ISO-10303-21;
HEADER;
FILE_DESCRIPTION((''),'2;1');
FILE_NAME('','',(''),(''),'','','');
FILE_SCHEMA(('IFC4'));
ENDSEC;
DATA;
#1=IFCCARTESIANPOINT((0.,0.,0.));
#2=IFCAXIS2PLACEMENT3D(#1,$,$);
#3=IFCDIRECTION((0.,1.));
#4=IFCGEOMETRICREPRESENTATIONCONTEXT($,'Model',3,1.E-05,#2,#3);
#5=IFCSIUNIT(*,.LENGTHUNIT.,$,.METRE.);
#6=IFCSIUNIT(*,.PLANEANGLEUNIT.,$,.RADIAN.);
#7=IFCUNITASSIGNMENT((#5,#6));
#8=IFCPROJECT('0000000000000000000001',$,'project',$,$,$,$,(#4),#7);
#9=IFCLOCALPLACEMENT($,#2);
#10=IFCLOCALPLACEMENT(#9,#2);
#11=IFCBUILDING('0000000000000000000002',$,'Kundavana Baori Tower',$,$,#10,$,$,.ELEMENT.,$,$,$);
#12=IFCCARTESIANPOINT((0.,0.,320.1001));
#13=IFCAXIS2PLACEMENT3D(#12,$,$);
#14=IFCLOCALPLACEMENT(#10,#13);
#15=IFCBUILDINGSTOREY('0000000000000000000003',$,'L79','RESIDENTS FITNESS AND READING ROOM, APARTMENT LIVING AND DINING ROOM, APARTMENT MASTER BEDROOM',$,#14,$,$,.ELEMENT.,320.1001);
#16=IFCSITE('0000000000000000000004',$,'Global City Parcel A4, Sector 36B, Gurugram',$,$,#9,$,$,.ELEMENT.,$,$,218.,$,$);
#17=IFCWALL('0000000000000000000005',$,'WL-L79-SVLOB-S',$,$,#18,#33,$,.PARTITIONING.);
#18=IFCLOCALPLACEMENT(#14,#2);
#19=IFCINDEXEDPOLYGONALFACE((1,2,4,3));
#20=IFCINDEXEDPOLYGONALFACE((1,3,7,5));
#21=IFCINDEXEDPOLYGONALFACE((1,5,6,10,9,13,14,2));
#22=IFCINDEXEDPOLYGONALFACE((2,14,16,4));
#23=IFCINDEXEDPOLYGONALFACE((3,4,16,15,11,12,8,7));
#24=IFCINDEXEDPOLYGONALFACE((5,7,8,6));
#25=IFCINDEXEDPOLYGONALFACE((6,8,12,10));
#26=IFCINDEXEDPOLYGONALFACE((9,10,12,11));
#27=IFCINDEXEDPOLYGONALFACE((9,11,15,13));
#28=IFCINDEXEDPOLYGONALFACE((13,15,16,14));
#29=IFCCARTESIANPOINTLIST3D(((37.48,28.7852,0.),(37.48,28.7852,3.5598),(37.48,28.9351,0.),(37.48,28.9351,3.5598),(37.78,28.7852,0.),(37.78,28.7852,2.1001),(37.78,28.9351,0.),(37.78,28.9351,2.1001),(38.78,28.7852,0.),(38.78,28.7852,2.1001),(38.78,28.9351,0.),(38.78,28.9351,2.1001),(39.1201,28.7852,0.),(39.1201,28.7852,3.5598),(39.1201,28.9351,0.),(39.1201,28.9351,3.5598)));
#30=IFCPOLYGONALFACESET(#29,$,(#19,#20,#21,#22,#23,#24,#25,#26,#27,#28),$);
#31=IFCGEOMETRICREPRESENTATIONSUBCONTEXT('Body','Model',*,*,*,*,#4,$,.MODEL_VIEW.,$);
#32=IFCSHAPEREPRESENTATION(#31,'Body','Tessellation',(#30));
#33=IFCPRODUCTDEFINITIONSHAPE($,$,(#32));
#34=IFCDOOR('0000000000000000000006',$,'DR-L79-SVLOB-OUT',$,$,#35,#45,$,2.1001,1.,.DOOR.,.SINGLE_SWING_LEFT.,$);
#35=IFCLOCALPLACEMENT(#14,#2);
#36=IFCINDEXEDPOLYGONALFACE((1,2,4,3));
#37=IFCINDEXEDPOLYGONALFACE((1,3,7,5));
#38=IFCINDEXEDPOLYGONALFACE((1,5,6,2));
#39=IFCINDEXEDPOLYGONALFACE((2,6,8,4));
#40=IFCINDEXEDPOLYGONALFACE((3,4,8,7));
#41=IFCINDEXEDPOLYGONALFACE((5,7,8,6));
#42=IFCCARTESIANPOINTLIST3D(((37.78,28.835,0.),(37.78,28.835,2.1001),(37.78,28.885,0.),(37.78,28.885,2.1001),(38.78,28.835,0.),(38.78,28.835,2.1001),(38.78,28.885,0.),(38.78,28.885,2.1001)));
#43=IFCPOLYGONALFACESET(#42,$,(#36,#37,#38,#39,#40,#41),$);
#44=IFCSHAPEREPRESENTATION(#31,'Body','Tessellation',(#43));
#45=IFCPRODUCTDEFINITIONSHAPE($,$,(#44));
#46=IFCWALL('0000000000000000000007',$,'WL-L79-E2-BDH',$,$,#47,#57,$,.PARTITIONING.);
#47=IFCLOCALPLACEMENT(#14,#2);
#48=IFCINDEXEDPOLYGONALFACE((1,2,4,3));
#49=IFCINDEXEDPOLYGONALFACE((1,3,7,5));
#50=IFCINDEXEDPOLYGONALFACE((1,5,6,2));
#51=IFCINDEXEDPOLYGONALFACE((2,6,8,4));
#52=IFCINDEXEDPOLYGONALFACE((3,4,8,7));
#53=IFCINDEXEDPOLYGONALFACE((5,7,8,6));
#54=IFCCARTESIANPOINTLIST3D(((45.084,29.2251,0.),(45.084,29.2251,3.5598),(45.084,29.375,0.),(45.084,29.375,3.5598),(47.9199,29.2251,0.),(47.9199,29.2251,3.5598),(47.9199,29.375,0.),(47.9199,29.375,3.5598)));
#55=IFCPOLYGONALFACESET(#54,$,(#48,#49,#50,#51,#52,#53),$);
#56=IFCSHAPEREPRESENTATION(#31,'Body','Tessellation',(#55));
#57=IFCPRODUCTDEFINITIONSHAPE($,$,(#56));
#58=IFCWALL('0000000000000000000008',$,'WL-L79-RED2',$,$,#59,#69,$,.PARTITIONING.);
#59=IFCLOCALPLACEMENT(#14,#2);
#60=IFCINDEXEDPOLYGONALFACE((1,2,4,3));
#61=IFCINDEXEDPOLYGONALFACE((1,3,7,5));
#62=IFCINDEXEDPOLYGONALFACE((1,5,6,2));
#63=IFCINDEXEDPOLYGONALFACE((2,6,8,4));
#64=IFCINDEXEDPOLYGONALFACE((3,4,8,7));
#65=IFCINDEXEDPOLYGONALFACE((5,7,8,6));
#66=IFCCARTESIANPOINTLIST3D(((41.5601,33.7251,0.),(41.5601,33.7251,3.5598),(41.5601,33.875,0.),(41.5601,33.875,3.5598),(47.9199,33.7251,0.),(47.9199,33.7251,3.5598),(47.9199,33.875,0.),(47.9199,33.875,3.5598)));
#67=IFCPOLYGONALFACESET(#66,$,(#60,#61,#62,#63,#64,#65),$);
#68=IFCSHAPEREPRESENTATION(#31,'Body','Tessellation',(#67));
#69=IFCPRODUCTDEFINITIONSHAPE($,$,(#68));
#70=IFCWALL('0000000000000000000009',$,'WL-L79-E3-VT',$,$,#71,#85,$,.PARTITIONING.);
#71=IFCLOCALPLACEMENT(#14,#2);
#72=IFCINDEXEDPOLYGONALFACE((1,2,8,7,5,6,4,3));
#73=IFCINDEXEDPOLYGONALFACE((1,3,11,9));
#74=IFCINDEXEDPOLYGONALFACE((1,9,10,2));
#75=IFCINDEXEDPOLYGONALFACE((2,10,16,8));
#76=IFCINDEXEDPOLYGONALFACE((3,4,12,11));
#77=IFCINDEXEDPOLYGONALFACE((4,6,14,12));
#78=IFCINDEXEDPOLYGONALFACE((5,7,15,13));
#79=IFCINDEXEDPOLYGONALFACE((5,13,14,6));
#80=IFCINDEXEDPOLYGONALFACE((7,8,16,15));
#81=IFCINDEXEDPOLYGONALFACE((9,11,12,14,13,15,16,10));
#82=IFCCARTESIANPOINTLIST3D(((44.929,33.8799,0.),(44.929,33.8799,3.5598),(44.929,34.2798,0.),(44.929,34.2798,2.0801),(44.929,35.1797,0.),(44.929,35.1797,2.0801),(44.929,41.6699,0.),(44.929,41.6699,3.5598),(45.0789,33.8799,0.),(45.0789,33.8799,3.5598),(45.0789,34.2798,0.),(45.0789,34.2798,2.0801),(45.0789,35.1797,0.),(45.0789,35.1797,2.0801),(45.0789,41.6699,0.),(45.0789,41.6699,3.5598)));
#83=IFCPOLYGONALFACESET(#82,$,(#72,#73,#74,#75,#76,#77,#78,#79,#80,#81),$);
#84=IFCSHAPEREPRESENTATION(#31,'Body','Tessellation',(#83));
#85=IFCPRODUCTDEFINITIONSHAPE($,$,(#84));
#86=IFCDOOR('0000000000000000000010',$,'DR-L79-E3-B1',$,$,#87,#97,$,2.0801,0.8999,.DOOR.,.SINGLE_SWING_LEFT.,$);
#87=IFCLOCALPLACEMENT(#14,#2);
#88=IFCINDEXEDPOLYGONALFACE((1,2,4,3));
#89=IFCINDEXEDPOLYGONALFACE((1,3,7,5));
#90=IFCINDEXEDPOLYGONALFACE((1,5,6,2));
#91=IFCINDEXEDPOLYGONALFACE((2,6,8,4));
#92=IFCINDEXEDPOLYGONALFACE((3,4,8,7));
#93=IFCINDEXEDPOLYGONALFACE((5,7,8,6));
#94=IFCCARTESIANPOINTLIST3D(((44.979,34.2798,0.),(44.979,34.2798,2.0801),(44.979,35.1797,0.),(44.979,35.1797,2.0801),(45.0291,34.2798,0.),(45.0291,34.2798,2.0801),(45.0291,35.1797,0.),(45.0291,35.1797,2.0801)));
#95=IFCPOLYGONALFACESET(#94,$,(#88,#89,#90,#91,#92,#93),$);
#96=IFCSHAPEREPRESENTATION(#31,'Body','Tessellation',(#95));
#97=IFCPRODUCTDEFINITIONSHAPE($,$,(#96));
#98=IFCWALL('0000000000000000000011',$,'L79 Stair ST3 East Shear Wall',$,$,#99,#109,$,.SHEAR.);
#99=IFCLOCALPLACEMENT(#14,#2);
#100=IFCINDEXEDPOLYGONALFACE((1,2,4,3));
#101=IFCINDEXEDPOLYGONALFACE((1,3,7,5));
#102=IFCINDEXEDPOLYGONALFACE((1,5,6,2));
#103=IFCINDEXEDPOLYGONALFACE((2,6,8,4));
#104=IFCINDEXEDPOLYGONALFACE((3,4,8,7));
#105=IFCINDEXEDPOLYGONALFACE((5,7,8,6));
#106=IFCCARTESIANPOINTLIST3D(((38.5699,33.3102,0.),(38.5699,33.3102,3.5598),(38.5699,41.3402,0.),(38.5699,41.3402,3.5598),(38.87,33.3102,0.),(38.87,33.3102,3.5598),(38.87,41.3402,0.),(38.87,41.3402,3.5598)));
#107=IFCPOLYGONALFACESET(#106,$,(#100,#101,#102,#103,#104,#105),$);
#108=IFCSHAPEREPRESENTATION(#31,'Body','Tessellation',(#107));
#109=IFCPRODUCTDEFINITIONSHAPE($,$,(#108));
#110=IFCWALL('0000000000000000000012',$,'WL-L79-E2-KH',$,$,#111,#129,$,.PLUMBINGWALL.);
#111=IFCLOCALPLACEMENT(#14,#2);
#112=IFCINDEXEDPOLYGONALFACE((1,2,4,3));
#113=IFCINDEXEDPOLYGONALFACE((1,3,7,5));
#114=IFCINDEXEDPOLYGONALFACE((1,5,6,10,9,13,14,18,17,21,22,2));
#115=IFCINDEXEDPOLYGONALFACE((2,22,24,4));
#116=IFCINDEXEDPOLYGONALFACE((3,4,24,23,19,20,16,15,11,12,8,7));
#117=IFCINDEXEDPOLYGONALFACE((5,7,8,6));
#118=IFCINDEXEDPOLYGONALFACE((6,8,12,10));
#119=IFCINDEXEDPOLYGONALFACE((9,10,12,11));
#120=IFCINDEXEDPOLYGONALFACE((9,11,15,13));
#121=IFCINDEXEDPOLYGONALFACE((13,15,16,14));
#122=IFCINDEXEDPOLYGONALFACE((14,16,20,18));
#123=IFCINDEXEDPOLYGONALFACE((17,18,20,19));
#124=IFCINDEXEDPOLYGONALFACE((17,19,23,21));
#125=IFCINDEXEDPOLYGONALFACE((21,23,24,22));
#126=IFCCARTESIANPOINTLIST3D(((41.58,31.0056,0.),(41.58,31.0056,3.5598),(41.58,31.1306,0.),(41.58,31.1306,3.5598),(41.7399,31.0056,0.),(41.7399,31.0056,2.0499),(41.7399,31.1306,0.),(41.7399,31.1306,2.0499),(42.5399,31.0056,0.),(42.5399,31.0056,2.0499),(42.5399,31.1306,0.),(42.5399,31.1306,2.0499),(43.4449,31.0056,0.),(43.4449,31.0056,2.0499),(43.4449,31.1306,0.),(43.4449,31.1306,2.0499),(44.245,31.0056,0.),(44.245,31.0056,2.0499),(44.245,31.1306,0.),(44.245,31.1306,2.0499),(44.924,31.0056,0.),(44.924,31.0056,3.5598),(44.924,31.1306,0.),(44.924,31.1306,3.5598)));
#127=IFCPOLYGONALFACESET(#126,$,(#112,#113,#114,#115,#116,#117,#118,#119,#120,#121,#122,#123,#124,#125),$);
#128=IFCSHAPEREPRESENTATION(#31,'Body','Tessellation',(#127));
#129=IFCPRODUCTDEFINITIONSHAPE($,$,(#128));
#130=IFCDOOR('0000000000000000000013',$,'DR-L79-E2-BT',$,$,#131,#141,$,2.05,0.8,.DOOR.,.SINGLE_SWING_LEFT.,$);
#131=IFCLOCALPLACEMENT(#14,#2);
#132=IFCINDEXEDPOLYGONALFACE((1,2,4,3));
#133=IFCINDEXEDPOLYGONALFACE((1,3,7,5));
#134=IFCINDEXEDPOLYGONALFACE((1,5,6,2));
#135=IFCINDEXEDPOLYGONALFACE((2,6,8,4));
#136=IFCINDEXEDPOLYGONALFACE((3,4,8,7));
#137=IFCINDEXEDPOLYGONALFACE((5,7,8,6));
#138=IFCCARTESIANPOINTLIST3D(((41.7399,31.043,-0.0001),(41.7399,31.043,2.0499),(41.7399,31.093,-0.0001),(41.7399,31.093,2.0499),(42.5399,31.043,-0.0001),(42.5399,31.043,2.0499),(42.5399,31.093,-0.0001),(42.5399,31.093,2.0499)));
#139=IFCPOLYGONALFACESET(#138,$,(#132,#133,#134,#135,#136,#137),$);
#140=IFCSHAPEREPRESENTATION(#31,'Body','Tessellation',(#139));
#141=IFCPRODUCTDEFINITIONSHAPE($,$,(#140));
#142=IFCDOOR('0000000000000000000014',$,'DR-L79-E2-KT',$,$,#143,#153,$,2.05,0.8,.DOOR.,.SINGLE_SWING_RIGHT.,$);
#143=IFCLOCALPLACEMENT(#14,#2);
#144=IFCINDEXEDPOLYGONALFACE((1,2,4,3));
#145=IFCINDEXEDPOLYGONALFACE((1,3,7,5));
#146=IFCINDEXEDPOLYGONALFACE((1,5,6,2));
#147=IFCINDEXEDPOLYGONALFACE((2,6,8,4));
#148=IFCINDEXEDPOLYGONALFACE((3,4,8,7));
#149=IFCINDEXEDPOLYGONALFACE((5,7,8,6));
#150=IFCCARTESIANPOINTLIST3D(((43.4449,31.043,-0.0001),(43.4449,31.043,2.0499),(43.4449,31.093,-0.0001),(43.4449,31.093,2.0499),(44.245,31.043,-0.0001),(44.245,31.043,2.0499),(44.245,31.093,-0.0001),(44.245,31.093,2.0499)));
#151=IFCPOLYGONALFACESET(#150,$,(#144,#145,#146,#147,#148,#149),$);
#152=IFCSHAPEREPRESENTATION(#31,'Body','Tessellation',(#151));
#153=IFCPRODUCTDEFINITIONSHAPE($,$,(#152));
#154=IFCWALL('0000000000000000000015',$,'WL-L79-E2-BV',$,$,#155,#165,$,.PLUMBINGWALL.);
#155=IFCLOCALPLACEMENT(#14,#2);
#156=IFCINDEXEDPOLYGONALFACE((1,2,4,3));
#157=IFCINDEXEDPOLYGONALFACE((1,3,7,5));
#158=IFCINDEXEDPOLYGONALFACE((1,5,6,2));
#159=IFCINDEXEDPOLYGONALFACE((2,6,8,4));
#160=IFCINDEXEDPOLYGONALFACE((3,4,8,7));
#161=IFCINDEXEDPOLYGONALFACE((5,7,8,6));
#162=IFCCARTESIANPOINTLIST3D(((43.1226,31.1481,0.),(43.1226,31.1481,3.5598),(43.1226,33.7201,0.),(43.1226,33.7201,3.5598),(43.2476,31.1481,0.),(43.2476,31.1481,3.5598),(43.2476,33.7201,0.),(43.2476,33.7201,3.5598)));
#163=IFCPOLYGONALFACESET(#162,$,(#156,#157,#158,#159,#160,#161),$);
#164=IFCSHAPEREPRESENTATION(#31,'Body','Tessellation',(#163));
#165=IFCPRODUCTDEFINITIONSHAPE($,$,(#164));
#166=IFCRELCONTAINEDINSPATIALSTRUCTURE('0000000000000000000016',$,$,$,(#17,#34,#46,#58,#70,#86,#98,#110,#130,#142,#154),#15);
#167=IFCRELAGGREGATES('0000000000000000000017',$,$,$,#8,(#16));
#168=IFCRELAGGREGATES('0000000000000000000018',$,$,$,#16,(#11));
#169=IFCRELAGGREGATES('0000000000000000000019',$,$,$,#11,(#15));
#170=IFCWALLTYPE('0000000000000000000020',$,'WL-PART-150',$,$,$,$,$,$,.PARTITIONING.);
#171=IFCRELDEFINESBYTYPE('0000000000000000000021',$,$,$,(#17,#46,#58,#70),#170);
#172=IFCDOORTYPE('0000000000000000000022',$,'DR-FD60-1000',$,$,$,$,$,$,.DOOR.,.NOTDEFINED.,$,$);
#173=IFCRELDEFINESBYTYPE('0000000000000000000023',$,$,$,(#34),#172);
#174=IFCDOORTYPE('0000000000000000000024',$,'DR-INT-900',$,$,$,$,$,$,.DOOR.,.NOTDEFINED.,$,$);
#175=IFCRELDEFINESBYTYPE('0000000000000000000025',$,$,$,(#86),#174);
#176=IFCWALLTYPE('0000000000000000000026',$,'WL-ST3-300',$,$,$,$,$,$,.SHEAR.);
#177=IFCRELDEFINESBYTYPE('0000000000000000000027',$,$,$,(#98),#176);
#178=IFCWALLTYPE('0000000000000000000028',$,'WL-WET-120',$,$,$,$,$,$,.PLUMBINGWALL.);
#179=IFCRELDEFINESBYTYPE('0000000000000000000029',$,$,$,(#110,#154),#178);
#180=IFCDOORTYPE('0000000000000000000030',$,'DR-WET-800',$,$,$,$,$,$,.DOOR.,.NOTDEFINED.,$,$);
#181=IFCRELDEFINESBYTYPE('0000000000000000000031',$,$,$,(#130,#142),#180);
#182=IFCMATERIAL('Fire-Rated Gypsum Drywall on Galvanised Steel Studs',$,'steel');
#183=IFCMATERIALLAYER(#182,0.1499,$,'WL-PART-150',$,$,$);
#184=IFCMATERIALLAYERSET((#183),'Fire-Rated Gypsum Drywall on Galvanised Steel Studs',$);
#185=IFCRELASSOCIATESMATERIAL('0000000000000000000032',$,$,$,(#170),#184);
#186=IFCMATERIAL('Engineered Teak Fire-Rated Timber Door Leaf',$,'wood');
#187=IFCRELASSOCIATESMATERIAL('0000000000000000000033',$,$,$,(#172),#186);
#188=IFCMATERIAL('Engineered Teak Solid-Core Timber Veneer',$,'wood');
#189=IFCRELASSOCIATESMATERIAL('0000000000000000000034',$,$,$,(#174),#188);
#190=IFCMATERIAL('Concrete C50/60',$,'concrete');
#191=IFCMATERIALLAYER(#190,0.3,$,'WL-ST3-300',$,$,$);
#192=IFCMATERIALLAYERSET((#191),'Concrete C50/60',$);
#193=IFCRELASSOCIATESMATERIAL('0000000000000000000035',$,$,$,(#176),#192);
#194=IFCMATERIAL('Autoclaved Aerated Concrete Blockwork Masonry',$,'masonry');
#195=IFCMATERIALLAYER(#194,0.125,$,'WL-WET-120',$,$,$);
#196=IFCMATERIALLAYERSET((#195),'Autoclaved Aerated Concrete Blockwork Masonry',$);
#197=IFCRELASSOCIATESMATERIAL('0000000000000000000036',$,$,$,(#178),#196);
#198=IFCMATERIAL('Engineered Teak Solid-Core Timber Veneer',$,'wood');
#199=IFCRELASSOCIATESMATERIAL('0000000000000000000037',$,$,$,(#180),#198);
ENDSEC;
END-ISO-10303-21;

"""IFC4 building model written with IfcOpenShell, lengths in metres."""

from ifc_helpers import new_model, si_unit, direction, frame, frame_2d, origin, place, context, subcontext, project, spatial, rectangle, extrude, material, layer, layer_set, type_object, element, fill, save


model = new_model("IFC4")

# Units and contexts
model_context = context("Model", 3, precision=1e-05, world=origin(), true_north=direction((0.0, 1.0)))
body_context = subcontext(model_context, "Body", "Model", "MODEL_VIEW")
ifc_project = project(units=[si_unit("LENGTHUNIT", "METRE"), si_unit("PLANEANGLEUNIT", "RADIAN")], contexts=[model_context])

# Site, building, storey
site_placement = place(None, origin())
site = spatial("IfcSite", under=ifc_project, at=site_placement, Name="Global City Parcel A4, Sector 36B, Gurugram", CompositionType="ELEMENT", RefElevation=218.0)
building_placement = place(site_placement, origin())
building = spatial("IfcBuilding", under=site, at=building_placement, Name="Kundavana Baori Tower", CompositionType="ELEMENT")
storey_placement = place(building_placement, frame((0.0, 0.0, 320.1001)))
storey = spatial("IfcBuildingStorey", under=building, at=storey_placement, Name="L79", Description="RESIDENTS FITNESS AND READING ROOM, APARTMENT LIVING AND DINING ROOM, APARTMENT MASTER BEDROOM", CompositionType="ELEMENT", Elevation=320.1001)

# Shared definitions
ifc_material_1 = material(Name="Fire-Rated Gypsum Drywall on Galvanised Steel Studs", Category="steel")
ifc_layer_1 = layer(ifc_material_1, 0.1499, Name="WL-PART-150")
ifc_layer_set_1 = layer_set([ifc_layer_1], Name="Fire-Rated Gypsum Drywall on Galvanised Steel Studs")
wall_type_1 = type_object("IfcWallType", Name="WL-PART-150", PredefinedType="PARTITIONING", material=ifc_layer_set_1)

# Wall, opening, door
wall_1_placement = place(storey_placement, frame((37.48, 28.8601, 0.0), z_axis=(0.0, 0.0, 1.0), x_axis=(1.0, 0.0, 0.0)))
wall_1 = element("IfcWall", 1, at=wall_1_placement, inside=storey, type_object=wall_type_1, Name="WL-L79-SVLOB-S", PredefinedType="PARTITIONING", context=body_context, shape_type="SweptSolid", body=[
    extrude(rectangle(XDim=1.6401, YDim=0.1499, at=frame_2d((0.8201, 0.0))), origin(), (0.0, 0.0, 1.0), 3.5598),
])
opening_1_placement = place(wall_1_placement, frame((0.3, 0.0, 0.0)))
opening_1 = element("IfcOpeningElement", 2, at=opening_1_placement, cuts=wall_1, PredefinedType="OPENING", context=body_context, shape_type="SweptSolid", body=[
    extrude(rectangle(XDim=1.0, YDim=2.1001, at=frame_2d((0.5, 1.05))), frame((0.0, 0.085, 0.0), z_axis=(0.0, -1.0, 0.0), x_axis=(1.0, 0.0, 0.0)), (0.0, 0.0, 1.0), 0.1699),
])
ifc_material_2 = material(Name="Engineered Teak Fire-Rated Timber Door Leaf", Category="wood")
door_type_1 = type_object("IfcDoorType", Name="DR-FD60-1000", OperationType="NOTDEFINED", PredefinedType="DOOR", material=ifc_material_2)
door_1_placement = place(opening_1_placement, origin())
door_1 = element("IfcDoor", 3, at=door_1_placement, inside=storey, type_object=door_type_1, Name="DR-L79-SVLOB-OUT", OperationType="SINGLE_SWING_LEFT", OverallHeight=2.1001, OverallWidth=1.0, PredefinedType="DOOR", context=body_context, shape_type="SweptSolid", body=[
    extrude(rectangle(XDim=1.0, YDim=2.1001, at=frame_2d((0.5, 1.05))), frame((0.0, 0.0249, 0.0), z_axis=(0.0, -1.0, 0.0), x_axis=(1.0, 0.0, 0.0)), (0.0, 0.0, 1.0), 0.05),
])
fill(opening_1, door_1)

# Walls
wall_2_placement = place(storey_placement, frame((45.084, 29.3, 0.0), z_axis=(0.0, 0.0, 1.0), x_axis=(1.0, 0.0, 0.0)))
element("IfcWall", 4, at=wall_2_placement, inside=storey, type_object=wall_type_1, Name="WL-L79-E2-BDH", PredefinedType="PARTITIONING", context=body_context, shape_type="SweptSolid", body=[
    extrude(rectangle(XDim=2.8359, YDim=0.1499, at=frame_2d((1.418, 0.0))), origin(), (0.0, 0.0, 1.0), 3.5598),
])
wall_3_placement = place(storey_placement, frame((41.5601, 33.8, 0.0), z_axis=(0.0, 0.0, 1.0), x_axis=(1.0, 0.0, 0.0)))
element("IfcWall", 5, at=wall_3_placement, inside=storey, type_object=wall_type_1, Name="WL-L79-RED2", PredefinedType="PARTITIONING", context=body_context, shape_type="SweptSolid", body=[
    extrude(rectangle(XDim=6.3599, YDim=0.1499, at=frame_2d((3.1799, 0.0))), origin(), (0.0, 0.0, 1.0), 3.5598),
])

# Wall, opening, door
wall_4_placement = place(storey_placement, frame((45.0039, 33.8799, 0.0), z_axis=(0.0, 0.0, 1.0), x_axis=(0.0, 1.0, 0.0)))
wall_4 = element("IfcWall", 6, at=wall_4_placement, inside=storey, type_object=wall_type_1, Name="WL-L79-E3-VT", PredefinedType="PARTITIONING", context=body_context, shape_type="SweptSolid", body=[
    extrude(rectangle(XDim=7.79, YDim=0.1499, at=frame_2d((3.895, 0.0))), origin(), (0.0, 0.0, 1.0), 3.5598),
])
opening_2_placement = place(wall_4_placement, frame((0.3999, 0.0, 0.0)))
opening_2 = element("IfcOpeningElement", 7, at=opening_2_placement, cuts=wall_4, PredefinedType="OPENING", context=body_context, shape_type="SweptSolid", body=[
    extrude(rectangle(XDim=0.8999, YDim=2.0801, at=frame_2d((0.45, 1.04))), frame((0.0, 0.085, 0.0), z_axis=(0.0, -1.0, 0.0), x_axis=(1.0, 0.0, 0.0)), (0.0, 0.0, 1.0), 0.1699),
])
ifc_material_3 = material(Name="Engineered Teak Solid-Core Timber Veneer", Category="wood")
door_type_2 = type_object("IfcDoorType", Name="DR-INT-900", OperationType="NOTDEFINED", PredefinedType="DOOR", material=ifc_material_3)
door_2_placement = place(opening_2_placement, origin())
door_2 = element("IfcDoor", 8, at=door_2_placement, inside=storey, type_object=door_type_2, Name="DR-L79-E3-B1", OperationType="SINGLE_SWING_LEFT", OverallHeight=2.0801, OverallWidth=0.8999, PredefinedType="DOOR", context=body_context, shape_type="SweptSolid", body=[
    extrude(rectangle(XDim=0.8999, YDim=2.0801, at=frame_2d((0.45, 1.04))), frame((0.0, 0.0249, 0.0), z_axis=(0.0, -1.0, 0.0), x_axis=(1.0, 0.0, 0.0)), (0.0, 0.0, 1.0), 0.05),
])
fill(opening_2, door_2)

# Wall
ifc_material_4 = material(Name="Concrete C50/60", Category="concrete")
ifc_layer_2 = layer(ifc_material_4, 0.3, Name="WL-ST3-300")
ifc_layer_set_2 = layer_set([ifc_layer_2], Name="Concrete C50/60")
wall_type_2 = type_object("IfcWallType", Name="WL-ST3-300", PredefinedType="SHEAR", material=ifc_layer_set_2)
wall_5_placement = place(storey_placement, frame((38.72, 33.3101, 0.0), z_axis=(0.0, 0.0, 1.0), x_axis=(0.0, 1.0, 0.0)))
element("IfcWall", 9, at=wall_5_placement, inside=storey, type_object=wall_type_2, Name="L79 Stair ST3 East Shear Wall", PredefinedType="SHEAR", context=body_context, shape_type="SweptSolid", body=[
    extrude(rectangle(XDim=8.03, YDim=0.3, at=frame_2d((4.0151, 0.0))), origin(), (0.0, 0.0, 1.0), 3.5598),
])

# Wall, openings, doors
ifc_material_5 = material(Name="Autoclaved Aerated Concrete Blockwork Masonry", Category="masonry")
ifc_layer_3 = layer(ifc_material_5, 0.125, Name="WL-WET-120")
ifc_layer_set_3 = layer_set([ifc_layer_3], Name="Autoclaved Aerated Concrete Blockwork Masonry")
wall_type_3 = type_object("IfcWallType", Name="WL-WET-120", PredefinedType="PLUMBINGWALL", material=ifc_layer_set_3)
wall_6_placement = place(storey_placement, frame((41.5801, 31.0681, 0.0), z_axis=(0.0, 0.0, 1.0), x_axis=(1.0, 0.0, 0.0)))
wall_6 = element("IfcWall", 10, at=wall_6_placement, inside=storey, type_object=wall_type_3, Name="WL-L79-E2-KH", PredefinedType="PLUMBINGWALL", context=body_context, shape_type="SweptSolid", body=[
    extrude(rectangle(XDim=3.344, YDim=0.125, at=frame_2d((1.6719, 0.0))), origin(), (0.0, 0.0, 1.0), 3.5598),
])
opening_3_placement = place(wall_6_placement, frame((0.1599, 0.0, 0.0)))
opening_3 = element("IfcOpeningElement", 11, at=opening_3_placement, cuts=wall_6, PredefinedType="OPENING", context=body_context, shape_type="SweptSolid", body=[
    extrude(rectangle(XDim=0.8, YDim=2.05, at=frame_2d((0.3999, 1.0249))), frame((0.0, 0.0725, 0.0), z_axis=(0.0, -1.0, 0.0), x_axis=(1.0, 0.0, 0.0)), (0.0, 0.0, 1.0), 0.145),
])
opening_4_placement = place(wall_6_placement, frame((1.865, 0.0, 0.0)))
opening_4 = element("IfcOpeningElement", 12, at=opening_4_placement, cuts=wall_6, PredefinedType="OPENING", context=body_context, shape_type="SweptSolid", body=[
    extrude(rectangle(XDim=0.8, YDim=2.05, at=frame_2d((0.3999, 1.0249))), frame((0.0, 0.0725, 0.0), z_axis=(0.0, -1.0, 0.0), x_axis=(1.0, 0.0, 0.0)), (0.0, 0.0, 1.0), 0.145),
])
ifc_material_6 = material(Name="Engineered Teak Solid-Core Timber Veneer", Category="wood")
door_type_3 = type_object("IfcDoorType", Name="DR-WET-800", OperationType="NOTDEFINED", PredefinedType="DOOR", material=ifc_material_6)
door_3_placement = place(opening_3_placement, origin())
door_3 = element("IfcDoor", 13, at=door_3_placement, inside=storey, type_object=door_type_3, Name="DR-L79-E2-BT", OperationType="SINGLE_SWING_LEFT", OverallHeight=2.05, OverallWidth=0.8, PredefinedType="DOOR", context=body_context, shape_type="SweptSolid", body=[
    extrude(rectangle(XDim=0.8, YDim=2.05, at=frame_2d((0.3999, 1.0249))), frame((0.0, 0.0249, 0.0), z_axis=(0.0, -1.0, 0.0), x_axis=(1.0, 0.0, 0.0)), (0.0, 0.0, 1.0), 0.05),
])
fill(opening_3, door_3)
door_4_placement = place(opening_4_placement, origin())
door_4 = element("IfcDoor", 14, at=door_4_placement, inside=storey, type_object=door_type_3, Name="DR-L79-E2-KT", OperationType="SINGLE_SWING_RIGHT", OverallHeight=2.05, OverallWidth=0.8, PredefinedType="DOOR", context=body_context, shape_type="SweptSolid", body=[
    extrude(rectangle(XDim=0.8, YDim=2.05, at=frame_2d((0.3999, 1.0249))), frame((0.0, 0.0249, 0.0), z_axis=(0.0, -1.0, 0.0), x_axis=(1.0, 0.0, 0.0)), (0.0, 0.0, 1.0), 0.05),
])
fill(opening_4, door_4)

# Wall
wall_7_placement = place(storey_placement, frame((43.1851, 31.1479, 0.0), z_axis=(0.0, 0.0, 1.0), x_axis=(0.0, 1.0, 0.0)))
element("IfcWall", 15, at=wall_7_placement, inside=storey, type_object=wall_type_3, Name="WL-L79-E2-BV", PredefinedType="PLUMBINGWALL", context=body_context, shape_type="SweptSolid", body=[
    extrude(rectangle(XDim=2.572, YDim=0.125, at=frame_2d((1.2861, 0.0))), origin(), (0.0, 0.0, 1.0), 3.5598),
])

save(model, "model.ifc")
